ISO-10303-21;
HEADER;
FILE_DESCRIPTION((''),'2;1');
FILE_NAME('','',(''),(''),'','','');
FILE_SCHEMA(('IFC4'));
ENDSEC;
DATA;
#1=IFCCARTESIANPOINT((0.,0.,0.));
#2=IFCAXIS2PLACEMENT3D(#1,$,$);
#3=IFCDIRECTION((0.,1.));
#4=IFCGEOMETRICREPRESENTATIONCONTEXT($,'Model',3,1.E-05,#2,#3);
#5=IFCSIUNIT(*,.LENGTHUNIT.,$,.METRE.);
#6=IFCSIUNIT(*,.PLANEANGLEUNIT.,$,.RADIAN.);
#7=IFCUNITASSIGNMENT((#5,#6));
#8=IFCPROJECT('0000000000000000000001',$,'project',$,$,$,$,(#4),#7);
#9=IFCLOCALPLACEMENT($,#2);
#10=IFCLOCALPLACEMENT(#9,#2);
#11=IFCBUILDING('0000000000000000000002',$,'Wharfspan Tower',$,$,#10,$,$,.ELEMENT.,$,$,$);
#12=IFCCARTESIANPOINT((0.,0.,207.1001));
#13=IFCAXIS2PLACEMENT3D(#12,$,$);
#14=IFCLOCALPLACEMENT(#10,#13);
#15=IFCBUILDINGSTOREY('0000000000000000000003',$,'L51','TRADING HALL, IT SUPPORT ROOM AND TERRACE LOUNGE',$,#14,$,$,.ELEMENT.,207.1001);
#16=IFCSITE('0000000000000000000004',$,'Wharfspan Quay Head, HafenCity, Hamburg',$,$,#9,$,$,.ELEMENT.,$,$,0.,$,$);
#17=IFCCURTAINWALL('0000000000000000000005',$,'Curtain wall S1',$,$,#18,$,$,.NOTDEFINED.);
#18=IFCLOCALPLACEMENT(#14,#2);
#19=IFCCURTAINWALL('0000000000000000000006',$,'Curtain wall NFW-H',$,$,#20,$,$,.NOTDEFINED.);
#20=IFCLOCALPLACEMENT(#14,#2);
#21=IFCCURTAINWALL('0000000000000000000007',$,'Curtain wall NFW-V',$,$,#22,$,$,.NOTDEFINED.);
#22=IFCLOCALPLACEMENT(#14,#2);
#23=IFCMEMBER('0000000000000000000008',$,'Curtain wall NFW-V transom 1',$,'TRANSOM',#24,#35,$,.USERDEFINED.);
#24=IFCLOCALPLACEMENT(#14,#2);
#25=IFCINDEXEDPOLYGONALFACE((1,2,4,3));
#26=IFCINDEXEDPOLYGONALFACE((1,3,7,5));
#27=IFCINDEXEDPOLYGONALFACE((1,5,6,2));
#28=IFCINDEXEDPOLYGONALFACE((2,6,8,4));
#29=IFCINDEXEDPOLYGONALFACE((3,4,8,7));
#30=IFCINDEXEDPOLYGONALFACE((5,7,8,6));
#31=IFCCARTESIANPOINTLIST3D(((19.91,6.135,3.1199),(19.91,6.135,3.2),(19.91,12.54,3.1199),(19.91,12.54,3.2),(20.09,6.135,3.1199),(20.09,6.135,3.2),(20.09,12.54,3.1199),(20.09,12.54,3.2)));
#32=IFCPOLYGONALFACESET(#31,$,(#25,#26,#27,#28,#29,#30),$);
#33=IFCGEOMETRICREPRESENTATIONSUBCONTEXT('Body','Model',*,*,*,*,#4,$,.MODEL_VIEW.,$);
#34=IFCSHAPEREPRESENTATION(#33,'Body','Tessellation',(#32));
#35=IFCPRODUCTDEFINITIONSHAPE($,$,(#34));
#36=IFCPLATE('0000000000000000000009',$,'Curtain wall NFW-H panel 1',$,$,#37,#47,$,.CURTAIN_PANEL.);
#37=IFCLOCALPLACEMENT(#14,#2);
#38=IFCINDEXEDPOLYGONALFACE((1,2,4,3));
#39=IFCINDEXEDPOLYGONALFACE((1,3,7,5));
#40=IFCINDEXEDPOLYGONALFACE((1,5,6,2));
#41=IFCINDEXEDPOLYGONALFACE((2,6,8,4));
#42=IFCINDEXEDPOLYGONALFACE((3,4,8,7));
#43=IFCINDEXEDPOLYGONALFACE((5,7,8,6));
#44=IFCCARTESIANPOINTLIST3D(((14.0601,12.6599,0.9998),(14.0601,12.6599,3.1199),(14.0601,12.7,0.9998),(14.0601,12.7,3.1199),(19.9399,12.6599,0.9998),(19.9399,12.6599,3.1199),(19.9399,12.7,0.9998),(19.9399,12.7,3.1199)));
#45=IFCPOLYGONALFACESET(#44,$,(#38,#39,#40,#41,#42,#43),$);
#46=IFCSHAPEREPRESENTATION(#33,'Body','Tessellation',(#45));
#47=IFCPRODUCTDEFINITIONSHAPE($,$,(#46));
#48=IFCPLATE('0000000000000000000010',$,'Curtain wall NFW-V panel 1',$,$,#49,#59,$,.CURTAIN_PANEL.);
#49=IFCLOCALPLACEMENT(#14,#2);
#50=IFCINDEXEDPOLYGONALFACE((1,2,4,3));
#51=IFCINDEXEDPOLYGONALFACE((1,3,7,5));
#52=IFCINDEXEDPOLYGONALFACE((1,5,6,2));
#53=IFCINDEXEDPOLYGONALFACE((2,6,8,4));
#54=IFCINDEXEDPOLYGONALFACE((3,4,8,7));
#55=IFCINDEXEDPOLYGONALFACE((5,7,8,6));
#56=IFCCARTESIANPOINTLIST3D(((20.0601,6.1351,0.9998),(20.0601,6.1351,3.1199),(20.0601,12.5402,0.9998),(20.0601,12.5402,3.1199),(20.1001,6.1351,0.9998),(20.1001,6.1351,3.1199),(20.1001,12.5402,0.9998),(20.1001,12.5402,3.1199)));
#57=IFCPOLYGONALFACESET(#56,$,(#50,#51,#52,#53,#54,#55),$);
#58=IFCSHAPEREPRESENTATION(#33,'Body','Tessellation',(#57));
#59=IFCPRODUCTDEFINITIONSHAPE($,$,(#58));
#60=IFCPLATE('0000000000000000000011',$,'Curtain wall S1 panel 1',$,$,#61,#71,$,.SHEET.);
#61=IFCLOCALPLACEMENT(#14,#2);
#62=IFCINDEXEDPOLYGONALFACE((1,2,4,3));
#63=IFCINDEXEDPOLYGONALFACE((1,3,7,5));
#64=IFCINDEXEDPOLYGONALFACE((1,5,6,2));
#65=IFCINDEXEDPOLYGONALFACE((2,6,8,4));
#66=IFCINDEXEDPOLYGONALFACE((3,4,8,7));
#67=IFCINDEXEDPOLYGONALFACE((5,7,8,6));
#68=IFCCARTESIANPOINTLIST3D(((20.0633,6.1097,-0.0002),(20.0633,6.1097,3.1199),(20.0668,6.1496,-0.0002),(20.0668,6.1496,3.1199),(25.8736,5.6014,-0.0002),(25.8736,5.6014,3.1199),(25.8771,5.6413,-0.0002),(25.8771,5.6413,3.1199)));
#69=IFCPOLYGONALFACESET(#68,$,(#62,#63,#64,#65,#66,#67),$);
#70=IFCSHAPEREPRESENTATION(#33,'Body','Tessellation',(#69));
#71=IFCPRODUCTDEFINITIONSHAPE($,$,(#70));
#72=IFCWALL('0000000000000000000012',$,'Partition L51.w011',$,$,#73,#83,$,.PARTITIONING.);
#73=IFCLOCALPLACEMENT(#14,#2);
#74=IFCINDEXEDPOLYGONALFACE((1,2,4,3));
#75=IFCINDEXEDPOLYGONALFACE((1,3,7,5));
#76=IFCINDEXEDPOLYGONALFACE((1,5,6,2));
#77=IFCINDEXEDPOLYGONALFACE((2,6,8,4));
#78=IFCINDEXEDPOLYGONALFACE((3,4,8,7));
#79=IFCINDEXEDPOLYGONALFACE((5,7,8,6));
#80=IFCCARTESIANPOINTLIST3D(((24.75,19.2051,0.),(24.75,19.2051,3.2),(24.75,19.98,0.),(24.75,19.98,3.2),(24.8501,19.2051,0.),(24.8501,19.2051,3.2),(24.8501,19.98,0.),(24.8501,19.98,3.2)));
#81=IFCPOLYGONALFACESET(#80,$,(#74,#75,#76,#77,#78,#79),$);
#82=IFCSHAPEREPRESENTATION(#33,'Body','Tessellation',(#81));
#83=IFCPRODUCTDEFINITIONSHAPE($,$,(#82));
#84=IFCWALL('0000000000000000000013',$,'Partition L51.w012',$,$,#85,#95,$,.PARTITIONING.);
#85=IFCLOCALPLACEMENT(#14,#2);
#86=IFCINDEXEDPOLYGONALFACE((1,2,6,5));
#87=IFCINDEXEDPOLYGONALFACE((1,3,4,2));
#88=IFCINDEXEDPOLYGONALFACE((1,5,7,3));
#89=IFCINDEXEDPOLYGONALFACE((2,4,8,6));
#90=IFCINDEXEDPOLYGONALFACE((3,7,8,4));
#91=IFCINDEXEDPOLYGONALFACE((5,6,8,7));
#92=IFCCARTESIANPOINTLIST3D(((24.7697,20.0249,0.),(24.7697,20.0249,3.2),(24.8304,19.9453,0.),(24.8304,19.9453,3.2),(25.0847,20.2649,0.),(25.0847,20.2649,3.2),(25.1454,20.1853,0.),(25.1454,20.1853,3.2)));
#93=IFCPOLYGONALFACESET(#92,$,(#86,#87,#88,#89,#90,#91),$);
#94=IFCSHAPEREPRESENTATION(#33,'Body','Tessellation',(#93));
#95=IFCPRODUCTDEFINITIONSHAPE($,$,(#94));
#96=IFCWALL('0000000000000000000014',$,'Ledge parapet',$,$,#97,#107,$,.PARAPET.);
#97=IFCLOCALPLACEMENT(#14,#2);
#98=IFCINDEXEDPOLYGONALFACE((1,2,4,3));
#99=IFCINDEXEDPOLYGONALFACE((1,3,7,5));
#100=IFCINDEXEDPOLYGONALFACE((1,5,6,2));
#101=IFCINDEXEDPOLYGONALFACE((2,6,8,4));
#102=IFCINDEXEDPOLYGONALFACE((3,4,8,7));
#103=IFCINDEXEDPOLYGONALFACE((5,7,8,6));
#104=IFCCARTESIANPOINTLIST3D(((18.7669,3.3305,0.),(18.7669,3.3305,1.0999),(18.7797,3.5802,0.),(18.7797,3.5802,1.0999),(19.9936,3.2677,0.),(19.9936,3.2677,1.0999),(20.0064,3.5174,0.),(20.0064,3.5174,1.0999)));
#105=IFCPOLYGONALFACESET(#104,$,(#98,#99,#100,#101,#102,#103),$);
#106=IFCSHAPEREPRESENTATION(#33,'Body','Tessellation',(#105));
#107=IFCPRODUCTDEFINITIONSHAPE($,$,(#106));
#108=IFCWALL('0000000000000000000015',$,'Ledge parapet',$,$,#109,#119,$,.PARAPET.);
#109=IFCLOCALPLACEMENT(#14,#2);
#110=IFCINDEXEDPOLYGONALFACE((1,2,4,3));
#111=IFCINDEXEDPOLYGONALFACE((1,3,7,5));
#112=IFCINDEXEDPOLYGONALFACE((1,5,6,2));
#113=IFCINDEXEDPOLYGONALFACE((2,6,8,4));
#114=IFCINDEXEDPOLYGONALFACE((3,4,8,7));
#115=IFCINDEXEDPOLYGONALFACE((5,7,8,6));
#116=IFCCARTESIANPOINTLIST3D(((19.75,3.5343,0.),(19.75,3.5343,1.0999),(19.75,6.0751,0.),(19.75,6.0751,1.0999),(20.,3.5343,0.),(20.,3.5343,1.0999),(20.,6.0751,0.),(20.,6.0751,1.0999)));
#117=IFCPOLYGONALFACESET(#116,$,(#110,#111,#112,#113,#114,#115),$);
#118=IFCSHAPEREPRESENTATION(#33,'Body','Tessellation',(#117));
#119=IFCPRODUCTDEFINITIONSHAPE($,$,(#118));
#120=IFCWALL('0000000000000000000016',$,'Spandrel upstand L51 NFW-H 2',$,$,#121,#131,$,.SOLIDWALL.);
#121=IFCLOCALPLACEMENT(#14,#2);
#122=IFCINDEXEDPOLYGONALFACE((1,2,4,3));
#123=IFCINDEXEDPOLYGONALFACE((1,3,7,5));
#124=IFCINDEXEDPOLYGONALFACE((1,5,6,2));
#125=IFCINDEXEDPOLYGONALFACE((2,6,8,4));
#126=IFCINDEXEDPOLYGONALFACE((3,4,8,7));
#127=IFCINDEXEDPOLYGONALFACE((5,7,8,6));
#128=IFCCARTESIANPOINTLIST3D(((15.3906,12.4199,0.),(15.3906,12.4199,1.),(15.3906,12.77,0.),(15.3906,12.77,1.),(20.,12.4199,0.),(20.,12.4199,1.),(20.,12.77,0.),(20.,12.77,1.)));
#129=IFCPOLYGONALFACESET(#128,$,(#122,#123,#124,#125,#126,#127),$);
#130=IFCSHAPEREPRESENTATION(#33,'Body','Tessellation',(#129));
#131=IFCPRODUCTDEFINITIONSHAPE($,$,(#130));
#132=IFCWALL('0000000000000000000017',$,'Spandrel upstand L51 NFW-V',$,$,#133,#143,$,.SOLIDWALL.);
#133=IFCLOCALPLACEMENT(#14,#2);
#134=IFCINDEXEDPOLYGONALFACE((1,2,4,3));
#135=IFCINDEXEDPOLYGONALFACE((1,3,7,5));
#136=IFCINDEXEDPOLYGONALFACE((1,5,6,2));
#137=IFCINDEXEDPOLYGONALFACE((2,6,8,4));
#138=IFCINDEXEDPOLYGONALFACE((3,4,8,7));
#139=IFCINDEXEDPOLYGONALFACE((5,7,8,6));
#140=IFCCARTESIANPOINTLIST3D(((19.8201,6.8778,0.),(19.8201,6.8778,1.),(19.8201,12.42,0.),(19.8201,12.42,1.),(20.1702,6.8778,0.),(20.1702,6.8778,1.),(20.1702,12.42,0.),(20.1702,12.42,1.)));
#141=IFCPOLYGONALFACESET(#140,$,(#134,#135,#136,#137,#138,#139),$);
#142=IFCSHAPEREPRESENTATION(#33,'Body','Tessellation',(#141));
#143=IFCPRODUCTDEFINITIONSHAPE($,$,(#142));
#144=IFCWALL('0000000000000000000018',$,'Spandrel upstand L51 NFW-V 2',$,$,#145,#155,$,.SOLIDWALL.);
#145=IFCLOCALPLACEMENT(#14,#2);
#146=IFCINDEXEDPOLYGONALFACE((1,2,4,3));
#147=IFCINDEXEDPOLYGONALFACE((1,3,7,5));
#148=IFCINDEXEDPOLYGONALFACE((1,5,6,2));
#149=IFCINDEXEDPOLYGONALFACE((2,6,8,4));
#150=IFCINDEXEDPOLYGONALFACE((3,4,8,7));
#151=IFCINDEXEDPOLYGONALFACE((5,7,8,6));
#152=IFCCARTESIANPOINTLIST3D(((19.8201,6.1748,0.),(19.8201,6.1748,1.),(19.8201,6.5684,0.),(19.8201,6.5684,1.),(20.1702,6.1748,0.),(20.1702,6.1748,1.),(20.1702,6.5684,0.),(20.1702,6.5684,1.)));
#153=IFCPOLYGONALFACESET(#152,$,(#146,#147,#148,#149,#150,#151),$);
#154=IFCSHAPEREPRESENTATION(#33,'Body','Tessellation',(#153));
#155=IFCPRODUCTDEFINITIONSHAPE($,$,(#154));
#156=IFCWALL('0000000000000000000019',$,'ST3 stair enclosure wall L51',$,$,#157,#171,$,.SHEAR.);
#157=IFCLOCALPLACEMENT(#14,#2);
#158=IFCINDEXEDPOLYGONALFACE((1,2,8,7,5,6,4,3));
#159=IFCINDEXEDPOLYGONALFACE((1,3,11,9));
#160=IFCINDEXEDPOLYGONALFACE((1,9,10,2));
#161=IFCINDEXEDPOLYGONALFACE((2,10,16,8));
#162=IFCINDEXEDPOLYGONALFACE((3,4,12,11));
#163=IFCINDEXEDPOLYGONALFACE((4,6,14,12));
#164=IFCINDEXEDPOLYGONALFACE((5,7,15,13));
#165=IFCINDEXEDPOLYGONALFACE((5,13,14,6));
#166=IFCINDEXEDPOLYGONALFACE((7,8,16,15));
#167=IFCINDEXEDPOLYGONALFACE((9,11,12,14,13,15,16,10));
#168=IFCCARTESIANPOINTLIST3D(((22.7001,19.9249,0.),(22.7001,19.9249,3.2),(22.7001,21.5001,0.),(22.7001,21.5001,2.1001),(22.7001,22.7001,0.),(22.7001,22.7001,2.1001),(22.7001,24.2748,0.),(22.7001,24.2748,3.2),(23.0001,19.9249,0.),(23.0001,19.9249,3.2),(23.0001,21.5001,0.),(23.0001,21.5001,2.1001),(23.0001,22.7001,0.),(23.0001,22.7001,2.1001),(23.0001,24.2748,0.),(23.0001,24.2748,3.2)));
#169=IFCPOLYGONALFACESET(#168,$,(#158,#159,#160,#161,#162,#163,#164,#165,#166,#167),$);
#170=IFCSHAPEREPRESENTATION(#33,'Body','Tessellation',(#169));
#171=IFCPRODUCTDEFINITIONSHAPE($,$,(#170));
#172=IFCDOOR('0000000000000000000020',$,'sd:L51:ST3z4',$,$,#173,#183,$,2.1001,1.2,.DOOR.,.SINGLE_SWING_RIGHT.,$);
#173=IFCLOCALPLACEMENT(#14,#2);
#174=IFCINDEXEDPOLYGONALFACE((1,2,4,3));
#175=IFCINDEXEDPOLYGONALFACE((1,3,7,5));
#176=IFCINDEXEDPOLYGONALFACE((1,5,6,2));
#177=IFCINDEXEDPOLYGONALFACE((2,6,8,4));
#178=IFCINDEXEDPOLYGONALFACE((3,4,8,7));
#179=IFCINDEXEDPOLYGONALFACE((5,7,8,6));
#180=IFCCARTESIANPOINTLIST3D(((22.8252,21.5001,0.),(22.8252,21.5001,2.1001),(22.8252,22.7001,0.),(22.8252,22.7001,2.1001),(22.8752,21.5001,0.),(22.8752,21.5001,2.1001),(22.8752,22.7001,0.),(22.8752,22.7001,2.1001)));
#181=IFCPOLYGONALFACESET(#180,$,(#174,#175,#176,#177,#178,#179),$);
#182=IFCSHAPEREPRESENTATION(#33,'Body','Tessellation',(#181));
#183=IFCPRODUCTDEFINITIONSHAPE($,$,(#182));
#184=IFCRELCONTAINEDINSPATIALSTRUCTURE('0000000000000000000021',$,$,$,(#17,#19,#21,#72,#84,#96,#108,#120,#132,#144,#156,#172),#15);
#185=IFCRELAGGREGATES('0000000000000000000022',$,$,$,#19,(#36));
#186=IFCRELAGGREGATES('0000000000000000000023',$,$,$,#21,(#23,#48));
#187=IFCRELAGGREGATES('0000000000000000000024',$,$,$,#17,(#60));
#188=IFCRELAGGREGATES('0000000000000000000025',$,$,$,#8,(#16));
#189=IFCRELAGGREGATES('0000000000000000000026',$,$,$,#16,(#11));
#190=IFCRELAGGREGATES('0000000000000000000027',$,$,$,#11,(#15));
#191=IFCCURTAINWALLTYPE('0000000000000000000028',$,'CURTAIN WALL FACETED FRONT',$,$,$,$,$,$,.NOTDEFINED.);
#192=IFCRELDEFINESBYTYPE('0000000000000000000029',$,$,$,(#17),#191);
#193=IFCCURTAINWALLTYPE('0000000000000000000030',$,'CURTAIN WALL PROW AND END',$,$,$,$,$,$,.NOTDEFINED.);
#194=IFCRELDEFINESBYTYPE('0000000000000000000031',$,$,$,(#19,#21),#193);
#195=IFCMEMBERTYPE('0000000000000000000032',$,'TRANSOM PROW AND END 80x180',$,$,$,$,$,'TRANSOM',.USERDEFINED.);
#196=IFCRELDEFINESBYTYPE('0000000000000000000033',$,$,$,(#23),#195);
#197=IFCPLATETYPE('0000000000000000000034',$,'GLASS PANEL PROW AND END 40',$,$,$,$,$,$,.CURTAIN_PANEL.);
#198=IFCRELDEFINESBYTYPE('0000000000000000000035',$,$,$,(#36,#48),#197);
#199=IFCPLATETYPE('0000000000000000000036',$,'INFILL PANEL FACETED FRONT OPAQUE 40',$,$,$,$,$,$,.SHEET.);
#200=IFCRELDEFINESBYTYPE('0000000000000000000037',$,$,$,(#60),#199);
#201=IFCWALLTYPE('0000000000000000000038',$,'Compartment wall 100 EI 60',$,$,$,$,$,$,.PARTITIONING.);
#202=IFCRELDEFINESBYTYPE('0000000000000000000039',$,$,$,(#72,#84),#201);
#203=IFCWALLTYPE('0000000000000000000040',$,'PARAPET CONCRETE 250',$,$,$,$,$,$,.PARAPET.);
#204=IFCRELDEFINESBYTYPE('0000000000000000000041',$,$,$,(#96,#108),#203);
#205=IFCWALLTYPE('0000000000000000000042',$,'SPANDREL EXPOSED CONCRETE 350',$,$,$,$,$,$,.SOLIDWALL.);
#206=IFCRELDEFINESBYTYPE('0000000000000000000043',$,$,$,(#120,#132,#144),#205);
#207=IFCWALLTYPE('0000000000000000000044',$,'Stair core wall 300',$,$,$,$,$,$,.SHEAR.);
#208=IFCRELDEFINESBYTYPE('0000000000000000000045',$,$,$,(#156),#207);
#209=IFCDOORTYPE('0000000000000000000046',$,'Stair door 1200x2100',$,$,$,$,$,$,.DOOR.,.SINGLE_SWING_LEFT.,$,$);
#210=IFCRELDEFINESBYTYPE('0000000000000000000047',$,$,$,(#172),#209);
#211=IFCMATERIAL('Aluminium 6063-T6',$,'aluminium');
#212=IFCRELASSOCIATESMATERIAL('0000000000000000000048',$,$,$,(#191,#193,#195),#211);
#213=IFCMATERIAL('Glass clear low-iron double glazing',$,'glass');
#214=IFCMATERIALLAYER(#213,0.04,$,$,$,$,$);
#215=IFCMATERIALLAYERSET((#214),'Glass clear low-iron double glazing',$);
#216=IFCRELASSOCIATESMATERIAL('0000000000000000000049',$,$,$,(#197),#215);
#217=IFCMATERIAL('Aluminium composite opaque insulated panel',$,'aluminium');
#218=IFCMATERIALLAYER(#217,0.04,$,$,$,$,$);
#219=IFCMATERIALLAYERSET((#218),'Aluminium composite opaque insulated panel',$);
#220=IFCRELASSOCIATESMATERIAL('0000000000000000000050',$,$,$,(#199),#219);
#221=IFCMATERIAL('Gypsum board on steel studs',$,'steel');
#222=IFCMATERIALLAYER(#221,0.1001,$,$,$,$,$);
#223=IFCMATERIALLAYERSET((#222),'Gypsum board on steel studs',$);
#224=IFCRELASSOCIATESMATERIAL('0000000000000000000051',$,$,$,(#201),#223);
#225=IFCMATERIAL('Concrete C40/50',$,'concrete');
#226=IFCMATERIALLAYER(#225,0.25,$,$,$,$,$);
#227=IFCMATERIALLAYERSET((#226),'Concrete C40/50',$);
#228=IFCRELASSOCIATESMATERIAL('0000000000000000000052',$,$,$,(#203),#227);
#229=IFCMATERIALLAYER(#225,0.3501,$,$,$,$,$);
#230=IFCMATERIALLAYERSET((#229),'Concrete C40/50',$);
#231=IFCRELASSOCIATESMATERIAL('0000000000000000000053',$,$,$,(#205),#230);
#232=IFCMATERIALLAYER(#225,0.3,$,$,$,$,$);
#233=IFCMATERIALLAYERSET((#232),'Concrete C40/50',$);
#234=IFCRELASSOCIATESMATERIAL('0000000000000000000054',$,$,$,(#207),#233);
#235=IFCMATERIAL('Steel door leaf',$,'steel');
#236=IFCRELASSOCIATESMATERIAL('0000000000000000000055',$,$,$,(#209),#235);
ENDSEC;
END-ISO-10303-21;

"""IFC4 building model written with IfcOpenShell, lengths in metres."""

from ifc_helpers import new_model, si_unit, direction, frame, frame_2d, origin, origin_2d, place, context, subcontext, project, spatial, rectangle, extrude, material, layer, layer_set, material_profile, profile_set, type_object, element, fill, aggregate, save


model = new_model("IFC4")

# Units and contexts
model_context = context("Model", 3, precision=1e-05, world=origin(), true_north=direction((0.0, 1.0)))
body_context = subcontext(model_context, "Body", "Model", "MODEL_VIEW")
ifc_project = project(units=[si_unit("LENGTHUNIT", "METRE"), si_unit("PLANEANGLEUNIT", "RADIAN")], contexts=[model_context])

# Site, building, storey
site_placement = place(None, origin())
site = spatial("IfcSite", under=ifc_project, at=site_placement, Name="Wharfspan Quay Head, HafenCity, Hamburg", CompositionType="ELEMENT", RefElevation=0.0)
building_placement = place(site_placement, origin())
building = spatial("IfcBuilding", under=site, at=building_placement, Name="Wharfspan Tower", CompositionType="ELEMENT")
storey_placement = place(building_placement, frame((0.0, 0.0, 207.1001)))
storey = spatial("IfcBuildingStorey", under=building, at=storey_placement, Name="L51", Description="TRADING HALL, IT SUPPORT ROOM AND TERRACE LOUNGE", CompositionType="ELEMENT", Elevation=207.1001)

# Curtain walls
ifc_material_1 = material(Name="Aluminium 6063-T6", Category="aluminium")
curtain_wall_type_1 = type_object("IfcCurtainWallType", Name="CURTAIN WALL FACETED FRONT", PredefinedType="NOTDEFINED", material=ifc_material_1)
curtain_wall_1_placement = place(storey_placement, origin())
curtain_wall_1 = element("IfcCurtainWall", 1, at=curtain_wall_1_placement, inside=storey, type_object=curtain_wall_type_1, Name="Curtain wall S1", PredefinedType="NOTDEFINED")
curtain_wall_type_2 = type_object("IfcCurtainWallType", Name="CURTAIN WALL PROW AND END", PredefinedType="NOTDEFINED", material=ifc_material_1)
curtain_wall_2_placement = place(storey_placement, origin())
curtain_wall_2 = element("IfcCurtainWall", 2, at=curtain_wall_2_placement, inside=storey, type_object=curtain_wall_type_2, Name="Curtain wall NFW-H", PredefinedType="NOTDEFINED")

# Curtain wall
curtain_wall_3_placement = place(storey_placement, origin())
curtain_wall_3 = element("IfcCurtainWall", 3, at=curtain_wall_3_placement, inside=storey, type_object=curtain_wall_type_2, Name="Curtain wall NFW-V", PredefinedType="NOTDEFINED")

# Member
ifc_material_profile_1 = material_profile(ifc_material_1, rectangle(XDim=0.1799, YDim=0.0801, at=origin_2d()))
ifc_profile_set_1 = profile_set([ifc_material_profile_1], Name="Aluminium 6063-T6")
member_type_1 = type_object("IfcMemberType", Name="TRANSOM PROW AND END 80x180", ElementType="TRANSOM", PredefinedType="USERDEFINED", material=ifc_profile_set_1)
member_1_placement = place(storey_placement, frame((20.0, 12.54, 3.1599), z_axis=(0.0, -1.0, 0.0), x_axis=(1.0, 0.0, 0.0)))
member_1 = element("IfcMember", 4, at=member_1_placement, type_object=member_type_1, Name="Curtain wall NFW-V transom 1", ObjectType="TRANSOM", PredefinedType="USERDEFINED", context=body_context, shape_type="SweptSolid", body=[
    extrude(rectangle(XDim=0.1799, YDim=0.0801, at=origin_2d()), origin(), (0.0, 0.0, 1.0), 6.405),
])

# Plates
ifc_material_2 = material(Name="Glass clear low-iron double glazing", Category="glass")
ifc_layer_1 = layer(ifc_material_2, 0.04)
ifc_layer_set_1 = layer_set([ifc_layer_1], Name="Glass clear low-iron double glazing")
plate_type_1 = type_object("IfcPlateType", Name="GLASS PANEL PROW AND END 40", PredefinedType="CURTAIN_PANEL", material=ifc_layer_set_1)
plate_1_placement = place(storey_placement, frame((17.0, 12.6799, 0.9998), z_axis=(0.0, 0.0, 1.0), x_axis=(1.0, 0.0, 0.0)))
plate_1 = element("IfcPlate", 5, at=plate_1_placement, type_object=plate_type_1, Name="Curtain wall NFW-H panel 1", PredefinedType="CURTAIN_PANEL", context=body_context, shape_type="SweptSolid", body=[
    extrude(rectangle(XDim=5.8799, YDim=0.04, at=origin_2d()), origin(), (0.0, 0.0, 1.0), 2.1201),
])
aggregate(curtain_wall_2, [plate_1])
plate_2_placement = place(storey_placement, frame((20.0801, 9.3376, 0.9998), z_axis=(0.0, 0.0, 1.0), x_axis=(0.0, -1.0, 0.0)))
plate_2 = element("IfcPlate", 6, at=plate_2_placement, type_object=plate_type_1, Name="Curtain wall NFW-V panel 1", PredefinedType="CURTAIN_PANEL", context=body_context, shape_type="SweptSolid", body=[
    extrude(rectangle(XDim=6.405, YDim=0.04, at=origin_2d()), origin(), (0.0, 0.0, 1.0), 2.1201),
])
aggregate(curtain_wall_3, [member_1, plate_2])
ifc_material_3 = material(Name="Aluminium composite opaque insulated panel", Category="aluminium")
ifc_layer_2 = layer(ifc_material_3, 0.04)
ifc_layer_set_2 = layer_set([ifc_layer_2], Name="Aluminium composite opaque insulated panel")
plate_type_2 = type_object("IfcPlateType", Name="INFILL PANEL FACETED FRONT OPAQUE 40", PredefinedType="SHEET", material=ifc_layer_set_2)
plate_3_placement = place(storey_placement, frame((22.9702, 5.8755, -0.0002), z_axis=(0.0, 0.0, 1.0), x_axis=(0.996197, -0.087156, 0.0)))
plate_3 = element("IfcPlate", 7, at=plate_3_placement, type_object=plate_type_2, Name="Curtain wall S1 panel 1", PredefinedType="SHEET", context=body_context, shape_type="SweptSolid", body=[
    extrude(rectangle(XDim=5.8325, YDim=0.04, at=origin_2d()), origin(), (0.0, 0.0, 1.0), 3.1201),
])
aggregate(curtain_wall_1, [plate_3])

# Walls
ifc_material_4 = material(Name="Gypsum board on steel studs", Category="steel")
ifc_layer_3 = layer(ifc_material_4, 0.1001)
ifc_layer_set_3 = layer_set([ifc_layer_3], Name="Gypsum board on steel studs")
wall_type_1 = type_object("IfcWallType", Name="Compartment wall 100 EI 60", PredefinedType="PARTITIONING", material=ifc_layer_set_3)
wall_1_placement = place(storey_placement, frame((24.8, 19.2051, 0.0), z_axis=(0.0, 0.0, 1.0), x_axis=(0.0, 1.0, 0.0)))
element("IfcWall", 8, at=wall_1_placement, inside=storey, type_object=wall_type_1, Name="Partition L51.w011", PredefinedType="PARTITIONING", context=body_context, shape_type="SweptSolid", body=[
    extrude(rectangle(XDim=0.7749, YDim=0.1001, at=frame_2d((0.3875, 0.0))), origin(), (0.0, 0.0, 1.0), 3.2),
])
wall_2_placement = place(storey_placement, frame((24.8, 19.9851, 0.0), z_axis=(0.0, 0.0, 1.0), x_axis=(0.795388, 0.606098, 0.0)))
element("IfcWall", 9, at=wall_2_placement, inside=storey, type_object=wall_type_1, Name="Partition L51.w012", PredefinedType="PARTITIONING", context=body_context, shape_type="SweptSolid", body=[
    extrude(rectangle(XDim=0.396, YDim=0.1001, at=frame_2d((0.198, 0.0))), origin(), (0.0, 0.0, 1.0), 3.2),
])
ifc_material_5 = material(Name="Concrete C40/50", Category="concrete")
ifc_layer_4 = layer(ifc_material_5, 0.25)
ifc_layer_set_4 = layer_set([ifc_layer_4], Name="Concrete C40/50")
wall_type_2 = type_object("IfcWallType", Name="PARAPET CONCRETE 250", PredefinedType="PARAPET", material=ifc_layer_set_4)
wall_3_placement = place(storey_placement, frame((18.7732, 3.4553, 0.0), z_axis=(0.0, 0.0, 1.0), x_axis=(0.998698, -0.051088, 0.0)))
element("IfcWall", 10, at=wall_3_placement, inside=storey, type_object=wall_type_2, Name="Ledge parapet", PredefinedType="PARAPET", context=body_context, shape_type="SweptSolid", body=[
    extrude(rectangle(XDim=1.2283, YDim=0.25, at=frame_2d((0.6143, 0.0))), origin(), (0.0, 0.0, 1.0), 1.0999),
])
wall_4_placement = place(storey_placement, frame((19.875, 3.5342, 0.0), z_axis=(0.0, 0.0, 1.0), x_axis=(0.0, 1.0, 0.0)))
element("IfcWall", 11, at=wall_4_placement, inside=storey, type_object=wall_type_2, Name="Ledge parapet", PredefinedType="PARAPET", context=body_context, shape_type="SweptSolid", body=[
    extrude(rectangle(XDim=2.5408, YDim=0.25, at=frame_2d((1.2705, 0.0))), origin(), (0.0, 0.0, 1.0), 1.0999),
])
ifc_layer_5 = layer(ifc_material_5, 0.3501)
ifc_layer_set_5 = layer_set([ifc_layer_5], Name="Concrete C40/50")
wall_type_3 = type_object("IfcWallType", Name="SPANDREL EXPOSED CONCRETE 350", PredefinedType="SOLIDWALL", material=ifc_layer_set_5)
wall_5_placement = place(storey_placement, frame((15.3906, 12.595, 0.0), z_axis=(0.0, 0.0, 1.0), x_axis=(1.0, 0.0, 0.0)))
element("IfcWall", 12, at=wall_5_placement, inside=storey, type_object=wall_type_3, Name="Spandrel upstand L51 NFW-H 2", PredefinedType="SOLIDWALL", context=body_context, shape_type="SweptSolid", body=[
    extrude(rectangle(XDim=4.6094, YDim=0.3501, at=frame_2d((2.3047, 0.0))), origin(), (0.0, 0.0, 1.0), 1.0),
])
wall_6_placement = place(storey_placement, frame((19.9951, 12.4199, 0.0), z_axis=(0.0, 0.0, 1.0), x_axis=(0.0, -1.0, 0.0)))
element("IfcWall", 13, at=wall_6_placement, inside=storey, type_object=wall_type_3, Name="Spandrel upstand L51 NFW-V", PredefinedType="SOLIDWALL", context=body_context, shape_type="SweptSolid", body=[
    extrude(rectangle(XDim=5.5422, YDim=0.3501, at=frame_2d((2.771, 0.0))), origin(), (0.0, 0.0, 1.0), 1.0),
])
wall_7_placement = place(storey_placement, frame((19.9951, 6.5684, 0.0), z_axis=(0.0, 0.0, 1.0), x_axis=(0.0, -1.0, 0.0)))
element("IfcWall", 14, at=wall_7_placement, inside=storey, type_object=wall_type_3, Name="Spandrel upstand L51 NFW-V 2", PredefinedType="SOLIDWALL", context=body_context, shape_type="SweptSolid", body=[
    extrude(rectangle(XDim=0.3936, YDim=0.3501, at=frame_2d((0.1968, 0.0))), origin(), (0.0, 0.0, 1.0), 1.0),
])

# Wall, opening, door
ifc_layer_6 = layer(ifc_material_5, 0.3)
ifc_layer_set_6 = layer_set([ifc_layer_6], Name="Concrete C40/50")
wall_type_4 = type_object("IfcWallType", Name="Stair core wall 300", PredefinedType="SHEAR", material=ifc_layer_set_6)
wall_8_placement = place(storey_placement, frame((22.8501, 19.925, 0.0), z_axis=(0.0, 0.0, 1.0), x_axis=(0.0, 1.0, 0.0)))
wall_8 = element("IfcWall", 15, at=wall_8_placement, inside=storey, type_object=wall_type_4, Name="ST3 stair enclosure wall L51", PredefinedType="SHEAR", context=body_context, shape_type="SweptSolid", body=[
    extrude(rectangle(XDim=4.3499, YDim=0.3, at=frame_2d((2.1748, 0.0))), origin(), (0.0, 0.0, 1.0), 3.2),
])
opening_placement = place(wall_8_placement, frame((1.575, 0.0, 0.0)))
opening = element("IfcOpeningElement", 16, at=opening_placement, cuts=wall_8, PredefinedType="OPENING", context=body_context, shape_type="SweptSolid", body=[
    extrude(rectangle(XDim=1.2, YDim=2.1001, at=frame_2d((0.6001, 1.05))), frame((0.0, 0.1599, 0.0), z_axis=(0.0, -1.0, 0.0), x_axis=(1.0, 0.0, 0.0)), (0.0, 0.0, 1.0), 0.3201),
])
ifc_material_6 = material(Name="Steel door leaf", Category="steel")
door_type = type_object("IfcDoorType", Name="Stair door 1200x2100", OperationType="SINGLE_SWING_LEFT", PredefinedType="DOOR", material=ifc_material_6)
door_placement = place(opening_placement, origin())
door = element("IfcDoor", 17, at=door_placement, inside=storey, type_object=door_type, Name="sd:L51:ST3z4", OperationType="SINGLE_SWING_RIGHT", OverallHeight=2.1001, OverallWidth=1.2, PredefinedType="DOOR", context=body_context, shape_type="SweptSolid", body=[
    extrude(rectangle(XDim=1.2, YDim=2.1001, at=frame_2d((0.6001, 1.05))), frame((0.0, 0.0249, 0.0), z_axis=(0.0, -1.0, 0.0), x_axis=(1.0, 0.0, 0.0)), (0.0, 0.0, 1.0), 0.05),
])
fill(opening, door)

save(model, "model.ifc")
